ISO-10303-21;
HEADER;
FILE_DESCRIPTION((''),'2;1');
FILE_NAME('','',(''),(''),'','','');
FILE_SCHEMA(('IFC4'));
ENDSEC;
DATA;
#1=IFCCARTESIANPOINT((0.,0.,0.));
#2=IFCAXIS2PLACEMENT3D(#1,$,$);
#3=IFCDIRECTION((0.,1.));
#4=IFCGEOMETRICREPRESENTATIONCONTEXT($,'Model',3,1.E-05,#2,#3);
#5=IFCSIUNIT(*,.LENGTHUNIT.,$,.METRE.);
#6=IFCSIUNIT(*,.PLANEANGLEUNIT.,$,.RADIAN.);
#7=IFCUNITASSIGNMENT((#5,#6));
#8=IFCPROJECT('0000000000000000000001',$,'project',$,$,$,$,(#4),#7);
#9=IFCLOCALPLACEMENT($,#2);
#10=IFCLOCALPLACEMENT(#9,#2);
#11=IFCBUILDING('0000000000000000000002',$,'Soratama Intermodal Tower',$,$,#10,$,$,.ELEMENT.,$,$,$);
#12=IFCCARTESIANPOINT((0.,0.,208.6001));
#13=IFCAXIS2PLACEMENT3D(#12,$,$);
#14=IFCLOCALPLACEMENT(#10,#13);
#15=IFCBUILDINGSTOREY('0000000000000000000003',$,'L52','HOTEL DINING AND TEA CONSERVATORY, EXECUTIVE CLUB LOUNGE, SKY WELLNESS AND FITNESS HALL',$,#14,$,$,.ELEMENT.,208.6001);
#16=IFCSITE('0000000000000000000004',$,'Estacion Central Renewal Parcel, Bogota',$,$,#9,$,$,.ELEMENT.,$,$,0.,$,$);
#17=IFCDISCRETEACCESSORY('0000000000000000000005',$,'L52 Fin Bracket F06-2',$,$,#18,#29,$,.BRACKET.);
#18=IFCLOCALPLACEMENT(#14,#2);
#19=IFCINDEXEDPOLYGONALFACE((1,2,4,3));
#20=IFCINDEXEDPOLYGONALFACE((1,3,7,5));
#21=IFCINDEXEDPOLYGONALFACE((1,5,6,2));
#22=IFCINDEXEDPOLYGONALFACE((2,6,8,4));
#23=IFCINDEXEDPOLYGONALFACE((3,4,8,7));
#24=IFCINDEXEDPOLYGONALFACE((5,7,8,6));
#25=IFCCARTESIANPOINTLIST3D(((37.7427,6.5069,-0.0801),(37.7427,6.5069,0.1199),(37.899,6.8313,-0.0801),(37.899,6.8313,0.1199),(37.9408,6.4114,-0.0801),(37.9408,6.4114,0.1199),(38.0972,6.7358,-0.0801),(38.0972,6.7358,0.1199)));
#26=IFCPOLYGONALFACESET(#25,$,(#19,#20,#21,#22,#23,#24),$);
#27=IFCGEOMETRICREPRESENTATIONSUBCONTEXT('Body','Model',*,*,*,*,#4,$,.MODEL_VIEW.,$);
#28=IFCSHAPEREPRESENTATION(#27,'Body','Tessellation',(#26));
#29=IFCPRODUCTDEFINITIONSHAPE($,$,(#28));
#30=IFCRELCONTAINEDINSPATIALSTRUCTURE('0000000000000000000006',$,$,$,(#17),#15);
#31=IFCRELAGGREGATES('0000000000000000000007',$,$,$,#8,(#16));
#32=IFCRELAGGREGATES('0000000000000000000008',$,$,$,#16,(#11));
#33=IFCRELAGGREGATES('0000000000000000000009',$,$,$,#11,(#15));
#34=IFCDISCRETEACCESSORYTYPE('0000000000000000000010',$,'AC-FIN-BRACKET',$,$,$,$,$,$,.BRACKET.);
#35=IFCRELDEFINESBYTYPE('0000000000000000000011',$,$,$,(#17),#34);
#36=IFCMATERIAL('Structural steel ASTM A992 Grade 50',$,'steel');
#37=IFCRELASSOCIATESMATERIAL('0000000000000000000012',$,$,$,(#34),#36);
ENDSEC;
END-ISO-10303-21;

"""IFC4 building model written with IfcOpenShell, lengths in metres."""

from ifc_helpers import new_model, si_unit, direction, frame, origin, origin_2d, place, context, subcontext, project, spatial, rectangle, extrude, material, type_object, element, save


model = new_model("IFC4")

# Units and contexts
model_context = context("Model", 3, precision=1e-05, world=origin(), true_north=direction((0.0, 1.0)))
body_context = subcontext(model_context, "Body", "Model", "MODEL_VIEW")
ifc_project = project(units=[si_unit("LENGTHUNIT", "METRE"), si_unit("PLANEANGLEUNIT", "RADIAN")], contexts=[model_context])

# Site, building, storey
site_placement = place(None, origin())
site = spatial("IfcSite", under=ifc_project, at=site_placement, Name="Estacion Central Renewal Parcel, Bogota", CompositionType="ELEMENT", RefElevation=0.0)
building_placement = place(site_placement, origin())
building = spatial("IfcBuilding", under=site, at=building_placement, Name="Soratama Intermodal Tower", CompositionType="ELEMENT")
storey_placement = place(building_placement, frame((0.0, 0.0, 208.6001)))
storey = spatial("IfcBuildingStorey", under=building, at=storey_placement, Name="L52", Description="HOTEL DINING AND TEA CONSERVATORY, EXECUTIVE CLUB LOUNGE, SKY WELLNESS AND FITNESS HALL", CompositionType="ELEMENT", Elevation=208.6001)

# Discrete accessory
ifc_material_1 = material(Name="Structural steel ASTM A992 Grade 50", Category="steel")
discrete_accessory_type = type_object("IfcDiscreteAccessoryType", Name="AC-FIN-BRACKET", PredefinedType="BRACKET", material=ifc_material_1)
for number, where, z_axis, x_axis, name in (
    (1, (37.9199, 6.6213, -0.0801), (0.0, 0.0, 1.0), (-0.434288, -0.900774, 0.0), "L52 Fin Bracket F06-2"),
):
    element("IfcDiscreteAccessory", number, at=place(storey_placement, frame(where, z_axis=z_axis, x_axis=x_axis)), inside=storey, type_object=discrete_accessory_type, Name=name, PredefinedType="BRACKET", context=body_context, shape_type="SweptSolid", body=[
        extrude(rectangle(XDim=0.3601, YDim=0.22, at=origin_2d()), origin(), (0.0, 0.0, 1.0), 0.2),
    ])

save(model, "model.ifc")
